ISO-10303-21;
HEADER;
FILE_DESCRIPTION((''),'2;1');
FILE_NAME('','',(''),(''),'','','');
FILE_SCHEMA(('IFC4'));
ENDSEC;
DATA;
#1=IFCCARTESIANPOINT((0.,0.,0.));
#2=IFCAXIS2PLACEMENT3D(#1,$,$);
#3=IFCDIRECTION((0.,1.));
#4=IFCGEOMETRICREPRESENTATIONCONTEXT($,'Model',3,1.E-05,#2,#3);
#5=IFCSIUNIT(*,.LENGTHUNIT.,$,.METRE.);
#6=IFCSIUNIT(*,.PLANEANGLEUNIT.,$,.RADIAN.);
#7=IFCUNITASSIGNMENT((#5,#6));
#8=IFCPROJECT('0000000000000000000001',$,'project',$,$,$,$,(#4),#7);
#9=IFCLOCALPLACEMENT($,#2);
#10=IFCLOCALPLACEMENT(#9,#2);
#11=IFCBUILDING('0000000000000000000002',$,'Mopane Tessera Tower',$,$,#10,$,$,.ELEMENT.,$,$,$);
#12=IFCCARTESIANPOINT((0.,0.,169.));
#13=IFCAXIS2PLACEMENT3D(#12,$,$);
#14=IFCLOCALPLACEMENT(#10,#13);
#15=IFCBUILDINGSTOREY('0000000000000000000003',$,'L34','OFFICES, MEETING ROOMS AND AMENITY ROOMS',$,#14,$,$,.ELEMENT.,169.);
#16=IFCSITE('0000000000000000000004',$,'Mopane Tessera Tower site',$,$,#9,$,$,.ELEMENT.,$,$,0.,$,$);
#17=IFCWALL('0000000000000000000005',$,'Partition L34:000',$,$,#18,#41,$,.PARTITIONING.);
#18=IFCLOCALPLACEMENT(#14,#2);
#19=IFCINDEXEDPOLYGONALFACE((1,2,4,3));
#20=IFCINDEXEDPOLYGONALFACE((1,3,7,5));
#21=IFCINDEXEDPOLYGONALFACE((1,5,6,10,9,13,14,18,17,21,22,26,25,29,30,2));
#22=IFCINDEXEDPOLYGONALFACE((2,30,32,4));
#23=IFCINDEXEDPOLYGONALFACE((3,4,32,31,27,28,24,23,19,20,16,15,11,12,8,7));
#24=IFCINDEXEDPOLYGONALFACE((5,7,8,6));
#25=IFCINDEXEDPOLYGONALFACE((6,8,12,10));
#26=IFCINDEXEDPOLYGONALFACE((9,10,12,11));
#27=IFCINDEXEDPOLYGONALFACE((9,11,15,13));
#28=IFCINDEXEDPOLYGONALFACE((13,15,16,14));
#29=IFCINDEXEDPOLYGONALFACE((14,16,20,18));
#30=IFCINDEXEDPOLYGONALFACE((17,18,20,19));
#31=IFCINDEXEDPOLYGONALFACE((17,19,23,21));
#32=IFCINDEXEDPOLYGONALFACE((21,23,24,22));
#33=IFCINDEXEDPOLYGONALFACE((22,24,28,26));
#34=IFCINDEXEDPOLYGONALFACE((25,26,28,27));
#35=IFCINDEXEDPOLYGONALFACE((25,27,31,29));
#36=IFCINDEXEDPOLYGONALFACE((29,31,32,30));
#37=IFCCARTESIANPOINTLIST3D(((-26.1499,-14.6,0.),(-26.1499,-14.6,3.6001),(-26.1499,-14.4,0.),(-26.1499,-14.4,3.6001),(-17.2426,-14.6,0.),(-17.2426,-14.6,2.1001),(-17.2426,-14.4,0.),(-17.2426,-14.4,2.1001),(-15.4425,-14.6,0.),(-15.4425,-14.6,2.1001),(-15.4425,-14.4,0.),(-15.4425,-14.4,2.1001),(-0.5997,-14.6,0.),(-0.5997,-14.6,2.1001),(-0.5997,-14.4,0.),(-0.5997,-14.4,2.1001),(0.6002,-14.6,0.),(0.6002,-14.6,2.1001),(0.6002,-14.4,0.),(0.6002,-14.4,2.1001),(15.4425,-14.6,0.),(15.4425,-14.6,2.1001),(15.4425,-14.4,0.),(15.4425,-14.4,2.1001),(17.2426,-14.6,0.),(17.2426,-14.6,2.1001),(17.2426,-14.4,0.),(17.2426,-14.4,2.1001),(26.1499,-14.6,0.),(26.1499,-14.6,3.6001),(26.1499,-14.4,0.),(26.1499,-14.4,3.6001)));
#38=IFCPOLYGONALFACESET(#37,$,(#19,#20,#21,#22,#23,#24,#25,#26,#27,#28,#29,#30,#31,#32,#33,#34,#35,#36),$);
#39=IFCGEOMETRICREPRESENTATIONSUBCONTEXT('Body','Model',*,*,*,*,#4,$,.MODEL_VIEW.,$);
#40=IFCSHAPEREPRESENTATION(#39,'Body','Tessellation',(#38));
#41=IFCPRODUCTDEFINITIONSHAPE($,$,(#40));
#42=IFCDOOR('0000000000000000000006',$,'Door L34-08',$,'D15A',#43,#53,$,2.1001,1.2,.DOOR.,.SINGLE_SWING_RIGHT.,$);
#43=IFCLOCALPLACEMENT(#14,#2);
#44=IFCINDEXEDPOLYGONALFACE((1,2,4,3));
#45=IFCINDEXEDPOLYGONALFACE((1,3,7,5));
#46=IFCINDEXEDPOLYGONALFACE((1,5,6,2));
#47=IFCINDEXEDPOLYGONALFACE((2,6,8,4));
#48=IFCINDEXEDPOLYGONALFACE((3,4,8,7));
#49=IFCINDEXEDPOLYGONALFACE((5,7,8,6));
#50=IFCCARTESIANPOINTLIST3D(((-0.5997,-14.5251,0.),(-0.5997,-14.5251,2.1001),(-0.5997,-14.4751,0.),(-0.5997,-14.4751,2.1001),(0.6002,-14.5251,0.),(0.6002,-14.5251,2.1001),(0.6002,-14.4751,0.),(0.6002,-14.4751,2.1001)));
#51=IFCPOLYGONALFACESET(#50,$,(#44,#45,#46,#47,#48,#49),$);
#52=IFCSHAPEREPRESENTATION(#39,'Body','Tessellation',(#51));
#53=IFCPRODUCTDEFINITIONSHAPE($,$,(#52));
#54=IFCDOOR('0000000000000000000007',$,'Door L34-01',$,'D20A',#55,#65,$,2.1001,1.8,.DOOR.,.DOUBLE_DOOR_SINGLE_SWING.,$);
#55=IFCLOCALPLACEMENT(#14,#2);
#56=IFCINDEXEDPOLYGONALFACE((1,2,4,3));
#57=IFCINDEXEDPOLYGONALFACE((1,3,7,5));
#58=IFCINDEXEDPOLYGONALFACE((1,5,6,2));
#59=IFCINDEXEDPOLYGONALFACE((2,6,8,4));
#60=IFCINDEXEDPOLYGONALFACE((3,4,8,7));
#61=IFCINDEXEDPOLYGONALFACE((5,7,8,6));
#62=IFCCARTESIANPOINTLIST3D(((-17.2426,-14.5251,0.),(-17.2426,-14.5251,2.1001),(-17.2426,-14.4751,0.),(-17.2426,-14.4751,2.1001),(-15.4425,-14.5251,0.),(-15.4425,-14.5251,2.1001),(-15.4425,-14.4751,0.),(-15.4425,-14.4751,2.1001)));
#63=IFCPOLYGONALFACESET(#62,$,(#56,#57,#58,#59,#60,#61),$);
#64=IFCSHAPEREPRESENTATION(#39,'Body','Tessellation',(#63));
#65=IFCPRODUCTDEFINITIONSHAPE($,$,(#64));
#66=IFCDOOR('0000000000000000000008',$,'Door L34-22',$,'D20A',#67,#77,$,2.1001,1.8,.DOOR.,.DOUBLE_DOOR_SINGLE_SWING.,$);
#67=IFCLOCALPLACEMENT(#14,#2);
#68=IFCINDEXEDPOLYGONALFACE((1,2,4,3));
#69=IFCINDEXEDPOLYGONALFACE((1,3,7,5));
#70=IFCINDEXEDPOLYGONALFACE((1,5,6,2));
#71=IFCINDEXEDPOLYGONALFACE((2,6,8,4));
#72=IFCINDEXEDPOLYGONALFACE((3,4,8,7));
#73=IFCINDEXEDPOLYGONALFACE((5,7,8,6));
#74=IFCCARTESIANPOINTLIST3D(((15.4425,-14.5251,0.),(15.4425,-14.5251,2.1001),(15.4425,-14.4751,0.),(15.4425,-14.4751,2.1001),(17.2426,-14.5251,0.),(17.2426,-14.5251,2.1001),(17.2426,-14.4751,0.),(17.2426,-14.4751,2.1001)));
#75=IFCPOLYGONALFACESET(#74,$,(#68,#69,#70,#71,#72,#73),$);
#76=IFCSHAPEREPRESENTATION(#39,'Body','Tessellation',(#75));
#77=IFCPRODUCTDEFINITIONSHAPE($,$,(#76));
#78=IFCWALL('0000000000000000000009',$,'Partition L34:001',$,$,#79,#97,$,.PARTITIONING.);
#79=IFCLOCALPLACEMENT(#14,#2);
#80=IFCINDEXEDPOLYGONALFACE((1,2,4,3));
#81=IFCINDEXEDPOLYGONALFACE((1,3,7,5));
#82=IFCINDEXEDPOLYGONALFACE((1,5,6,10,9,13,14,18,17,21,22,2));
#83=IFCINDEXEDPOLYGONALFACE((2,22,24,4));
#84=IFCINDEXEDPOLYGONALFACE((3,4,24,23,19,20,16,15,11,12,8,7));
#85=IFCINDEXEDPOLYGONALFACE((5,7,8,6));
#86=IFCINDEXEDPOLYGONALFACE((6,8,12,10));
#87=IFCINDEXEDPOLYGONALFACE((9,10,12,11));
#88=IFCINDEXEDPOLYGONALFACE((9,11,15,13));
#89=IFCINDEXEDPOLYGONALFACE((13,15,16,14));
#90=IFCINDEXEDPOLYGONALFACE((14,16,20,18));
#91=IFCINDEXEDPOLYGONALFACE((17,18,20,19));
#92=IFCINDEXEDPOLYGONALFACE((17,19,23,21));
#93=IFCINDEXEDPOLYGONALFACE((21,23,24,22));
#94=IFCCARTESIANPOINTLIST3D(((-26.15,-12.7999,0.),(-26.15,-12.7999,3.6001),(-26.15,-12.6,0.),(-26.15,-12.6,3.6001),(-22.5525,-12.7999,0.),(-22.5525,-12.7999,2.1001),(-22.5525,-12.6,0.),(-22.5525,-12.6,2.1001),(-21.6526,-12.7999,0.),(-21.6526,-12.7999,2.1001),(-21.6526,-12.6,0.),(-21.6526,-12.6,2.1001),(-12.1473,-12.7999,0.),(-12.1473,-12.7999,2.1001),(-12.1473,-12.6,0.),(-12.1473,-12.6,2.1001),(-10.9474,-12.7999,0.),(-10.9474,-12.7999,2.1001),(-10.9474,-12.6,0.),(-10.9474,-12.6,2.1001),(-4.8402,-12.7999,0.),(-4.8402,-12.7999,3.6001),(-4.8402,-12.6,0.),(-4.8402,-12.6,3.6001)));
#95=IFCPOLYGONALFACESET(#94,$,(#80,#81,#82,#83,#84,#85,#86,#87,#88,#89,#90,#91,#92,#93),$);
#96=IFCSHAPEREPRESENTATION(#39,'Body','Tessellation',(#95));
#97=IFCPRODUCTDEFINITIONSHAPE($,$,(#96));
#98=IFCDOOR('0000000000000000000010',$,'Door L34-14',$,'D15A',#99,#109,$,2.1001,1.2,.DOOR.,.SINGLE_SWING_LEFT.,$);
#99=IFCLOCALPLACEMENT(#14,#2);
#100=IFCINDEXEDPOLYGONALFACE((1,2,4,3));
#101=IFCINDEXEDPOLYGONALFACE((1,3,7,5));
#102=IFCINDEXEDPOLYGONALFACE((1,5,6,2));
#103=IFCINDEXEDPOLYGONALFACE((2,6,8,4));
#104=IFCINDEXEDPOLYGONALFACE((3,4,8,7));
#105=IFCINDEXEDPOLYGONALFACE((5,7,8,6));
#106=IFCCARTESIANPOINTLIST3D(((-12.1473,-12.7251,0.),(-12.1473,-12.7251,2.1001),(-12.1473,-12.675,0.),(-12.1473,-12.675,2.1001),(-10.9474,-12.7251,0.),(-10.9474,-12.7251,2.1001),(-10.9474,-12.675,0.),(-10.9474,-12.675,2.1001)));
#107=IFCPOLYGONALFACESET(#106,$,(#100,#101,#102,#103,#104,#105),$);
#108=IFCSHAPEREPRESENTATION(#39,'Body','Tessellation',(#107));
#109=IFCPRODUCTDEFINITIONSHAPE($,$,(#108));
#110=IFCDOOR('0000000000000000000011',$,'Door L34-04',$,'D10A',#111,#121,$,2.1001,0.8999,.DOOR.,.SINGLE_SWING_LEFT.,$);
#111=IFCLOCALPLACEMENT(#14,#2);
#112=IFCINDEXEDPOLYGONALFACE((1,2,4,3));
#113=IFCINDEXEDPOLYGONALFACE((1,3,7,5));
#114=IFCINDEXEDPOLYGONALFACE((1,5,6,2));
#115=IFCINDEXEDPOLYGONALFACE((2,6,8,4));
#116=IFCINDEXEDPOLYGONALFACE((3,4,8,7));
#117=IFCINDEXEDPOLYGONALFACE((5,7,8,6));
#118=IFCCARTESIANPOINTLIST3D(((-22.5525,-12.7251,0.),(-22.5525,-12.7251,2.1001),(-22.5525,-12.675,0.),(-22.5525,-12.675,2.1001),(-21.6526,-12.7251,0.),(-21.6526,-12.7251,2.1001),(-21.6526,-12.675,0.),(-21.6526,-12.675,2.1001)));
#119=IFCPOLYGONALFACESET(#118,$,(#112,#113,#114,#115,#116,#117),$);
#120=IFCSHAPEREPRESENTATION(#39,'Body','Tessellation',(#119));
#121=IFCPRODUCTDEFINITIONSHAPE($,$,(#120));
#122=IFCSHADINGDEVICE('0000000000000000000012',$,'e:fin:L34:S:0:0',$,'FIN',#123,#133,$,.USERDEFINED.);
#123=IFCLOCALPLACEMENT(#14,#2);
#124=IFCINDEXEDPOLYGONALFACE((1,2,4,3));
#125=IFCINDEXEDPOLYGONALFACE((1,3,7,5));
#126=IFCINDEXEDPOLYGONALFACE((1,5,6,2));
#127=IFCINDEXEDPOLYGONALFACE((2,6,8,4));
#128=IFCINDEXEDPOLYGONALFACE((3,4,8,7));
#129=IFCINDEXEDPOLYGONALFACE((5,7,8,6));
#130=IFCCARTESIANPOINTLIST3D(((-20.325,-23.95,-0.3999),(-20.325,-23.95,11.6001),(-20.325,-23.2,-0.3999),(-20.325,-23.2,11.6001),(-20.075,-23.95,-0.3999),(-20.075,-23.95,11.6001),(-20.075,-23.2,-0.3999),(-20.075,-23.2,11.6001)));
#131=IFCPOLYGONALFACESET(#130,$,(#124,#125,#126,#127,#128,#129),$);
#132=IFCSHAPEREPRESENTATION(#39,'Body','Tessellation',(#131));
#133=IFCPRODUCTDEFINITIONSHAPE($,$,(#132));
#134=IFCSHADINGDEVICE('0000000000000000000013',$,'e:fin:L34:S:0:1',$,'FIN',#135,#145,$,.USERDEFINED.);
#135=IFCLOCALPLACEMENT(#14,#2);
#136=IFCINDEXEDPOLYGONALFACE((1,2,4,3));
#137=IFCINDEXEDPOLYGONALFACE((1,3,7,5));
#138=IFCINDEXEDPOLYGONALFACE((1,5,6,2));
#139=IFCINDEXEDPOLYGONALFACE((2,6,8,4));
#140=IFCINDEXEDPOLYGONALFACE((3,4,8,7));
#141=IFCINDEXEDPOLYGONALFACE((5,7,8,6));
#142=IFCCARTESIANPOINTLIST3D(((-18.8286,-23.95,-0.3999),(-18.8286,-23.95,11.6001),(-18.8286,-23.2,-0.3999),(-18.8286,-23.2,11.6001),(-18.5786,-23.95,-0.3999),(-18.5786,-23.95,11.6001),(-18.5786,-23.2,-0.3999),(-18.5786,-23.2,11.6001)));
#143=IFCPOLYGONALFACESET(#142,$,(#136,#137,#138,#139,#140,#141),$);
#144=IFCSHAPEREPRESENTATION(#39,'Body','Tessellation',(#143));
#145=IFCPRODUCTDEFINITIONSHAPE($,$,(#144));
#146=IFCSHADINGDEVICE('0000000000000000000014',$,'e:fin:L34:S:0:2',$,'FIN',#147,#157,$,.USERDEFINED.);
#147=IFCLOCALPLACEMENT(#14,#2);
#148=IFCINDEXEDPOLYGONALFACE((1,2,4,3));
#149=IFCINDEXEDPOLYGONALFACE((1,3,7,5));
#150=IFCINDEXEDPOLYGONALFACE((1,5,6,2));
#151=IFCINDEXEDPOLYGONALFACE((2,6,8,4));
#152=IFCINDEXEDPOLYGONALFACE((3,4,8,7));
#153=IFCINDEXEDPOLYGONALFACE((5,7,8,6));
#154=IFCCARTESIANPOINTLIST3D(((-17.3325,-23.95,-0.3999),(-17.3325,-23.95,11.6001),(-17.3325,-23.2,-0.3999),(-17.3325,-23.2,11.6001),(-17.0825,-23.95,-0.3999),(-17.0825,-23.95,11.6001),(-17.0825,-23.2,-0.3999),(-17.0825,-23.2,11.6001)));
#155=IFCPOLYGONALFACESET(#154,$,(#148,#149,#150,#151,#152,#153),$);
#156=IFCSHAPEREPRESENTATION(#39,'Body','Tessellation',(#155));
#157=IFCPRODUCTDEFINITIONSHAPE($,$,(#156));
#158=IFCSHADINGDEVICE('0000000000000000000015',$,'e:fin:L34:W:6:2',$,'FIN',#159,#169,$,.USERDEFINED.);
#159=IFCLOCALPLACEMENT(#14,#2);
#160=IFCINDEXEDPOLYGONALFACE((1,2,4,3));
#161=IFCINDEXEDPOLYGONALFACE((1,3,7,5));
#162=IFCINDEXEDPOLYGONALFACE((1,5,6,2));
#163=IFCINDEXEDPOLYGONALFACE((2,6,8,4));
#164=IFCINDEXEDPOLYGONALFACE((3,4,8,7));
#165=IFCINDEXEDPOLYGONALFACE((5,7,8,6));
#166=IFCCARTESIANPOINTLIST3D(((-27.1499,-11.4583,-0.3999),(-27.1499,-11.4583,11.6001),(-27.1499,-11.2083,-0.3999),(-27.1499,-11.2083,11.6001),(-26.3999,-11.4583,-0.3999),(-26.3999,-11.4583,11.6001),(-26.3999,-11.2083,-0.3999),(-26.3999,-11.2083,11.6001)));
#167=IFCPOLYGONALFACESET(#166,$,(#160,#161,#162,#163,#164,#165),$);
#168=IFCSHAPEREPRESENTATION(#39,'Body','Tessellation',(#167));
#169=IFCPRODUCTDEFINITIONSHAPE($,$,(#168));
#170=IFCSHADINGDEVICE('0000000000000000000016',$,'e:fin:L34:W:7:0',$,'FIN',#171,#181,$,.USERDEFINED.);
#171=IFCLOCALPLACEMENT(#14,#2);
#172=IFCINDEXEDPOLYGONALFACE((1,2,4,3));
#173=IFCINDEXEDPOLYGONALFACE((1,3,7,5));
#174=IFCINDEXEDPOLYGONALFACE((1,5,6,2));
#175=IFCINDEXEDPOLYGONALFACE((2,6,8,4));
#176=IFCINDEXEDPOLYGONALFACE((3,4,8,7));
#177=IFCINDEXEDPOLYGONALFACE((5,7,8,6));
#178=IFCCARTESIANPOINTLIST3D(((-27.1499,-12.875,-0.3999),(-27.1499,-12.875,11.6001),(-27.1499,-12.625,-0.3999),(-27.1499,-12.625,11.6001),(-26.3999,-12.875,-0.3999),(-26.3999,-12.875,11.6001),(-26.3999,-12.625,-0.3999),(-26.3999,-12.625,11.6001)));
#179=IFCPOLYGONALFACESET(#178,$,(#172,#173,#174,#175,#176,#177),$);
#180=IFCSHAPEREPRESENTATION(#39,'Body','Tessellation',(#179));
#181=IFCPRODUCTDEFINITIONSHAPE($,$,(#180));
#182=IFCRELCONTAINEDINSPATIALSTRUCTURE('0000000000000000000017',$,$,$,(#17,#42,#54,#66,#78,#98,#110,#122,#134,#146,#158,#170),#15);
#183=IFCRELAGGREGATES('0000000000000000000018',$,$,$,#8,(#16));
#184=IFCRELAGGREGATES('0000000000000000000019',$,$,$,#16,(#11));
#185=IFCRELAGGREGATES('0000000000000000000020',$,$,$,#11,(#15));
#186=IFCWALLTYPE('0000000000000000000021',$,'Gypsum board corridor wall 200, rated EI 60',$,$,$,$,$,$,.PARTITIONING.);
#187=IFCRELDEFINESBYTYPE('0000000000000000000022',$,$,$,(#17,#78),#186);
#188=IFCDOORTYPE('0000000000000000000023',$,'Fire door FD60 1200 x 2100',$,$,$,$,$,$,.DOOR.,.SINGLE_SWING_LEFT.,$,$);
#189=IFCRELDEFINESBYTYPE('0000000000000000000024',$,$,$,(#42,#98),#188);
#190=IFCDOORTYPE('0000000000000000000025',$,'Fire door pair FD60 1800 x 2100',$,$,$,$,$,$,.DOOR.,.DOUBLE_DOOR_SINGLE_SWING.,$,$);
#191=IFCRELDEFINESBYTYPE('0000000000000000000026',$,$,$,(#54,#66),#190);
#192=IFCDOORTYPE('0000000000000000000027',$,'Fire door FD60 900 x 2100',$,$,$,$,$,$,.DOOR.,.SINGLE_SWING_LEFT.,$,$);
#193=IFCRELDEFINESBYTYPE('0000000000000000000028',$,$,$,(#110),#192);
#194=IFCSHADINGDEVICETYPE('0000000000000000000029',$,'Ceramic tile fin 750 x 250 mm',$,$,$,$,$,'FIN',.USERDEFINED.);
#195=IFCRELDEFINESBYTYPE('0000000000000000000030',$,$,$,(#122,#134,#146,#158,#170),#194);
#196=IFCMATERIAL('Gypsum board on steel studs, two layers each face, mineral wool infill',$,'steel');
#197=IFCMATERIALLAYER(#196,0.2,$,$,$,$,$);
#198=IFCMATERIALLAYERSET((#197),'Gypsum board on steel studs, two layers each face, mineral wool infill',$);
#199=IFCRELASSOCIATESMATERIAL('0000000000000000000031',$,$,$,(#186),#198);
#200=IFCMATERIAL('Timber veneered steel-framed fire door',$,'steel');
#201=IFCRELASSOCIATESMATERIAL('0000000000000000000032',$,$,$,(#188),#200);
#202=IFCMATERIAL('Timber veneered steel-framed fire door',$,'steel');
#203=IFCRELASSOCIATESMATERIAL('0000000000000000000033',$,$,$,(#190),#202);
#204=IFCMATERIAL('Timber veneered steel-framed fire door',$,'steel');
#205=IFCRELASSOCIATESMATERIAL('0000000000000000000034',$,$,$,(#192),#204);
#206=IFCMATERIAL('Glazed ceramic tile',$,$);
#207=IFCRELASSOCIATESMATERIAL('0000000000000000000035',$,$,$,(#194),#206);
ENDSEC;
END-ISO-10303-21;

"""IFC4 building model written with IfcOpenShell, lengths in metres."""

from ifc_helpers import new_model, si_unit, direction, frame, frame_2d, origin, origin_2d, place, context, subcontext, project, spatial, rectangle, extrude, material, layer, layer_set, type_object, element, fill, save


model = new_model("IFC4")

# Units and contexts
model_context = context("Model", 3, precision=1e-05, world=origin(), true_north=direction((0.0, 1.0)))
body_context = subcontext(model_context, "Body", "Model", "MODEL_VIEW")
ifc_project = project(units=[si_unit("LENGTHUNIT", "METRE"), si_unit("PLANEANGLEUNIT", "RADIAN")], contexts=[model_context])

# Site, building, storey
site_placement = place(None, origin())
site = spatial("IfcSite", under=ifc_project, at=site_placement, Name="Mopane Tessera Tower site", CompositionType="ELEMENT", RefElevation=0.0)
building_placement = place(site_placement, origin())
building = spatial("IfcBuilding", under=site, at=building_placement, Name="Mopane Tessera Tower", CompositionType="ELEMENT")
storey_placement = place(building_placement, frame((0.0, 0.0, 169.0)))
storey = spatial("IfcBuildingStorey", under=building, at=storey_placement, Name="L34", Description="OFFICES, MEETING ROOMS AND AMENITY ROOMS", CompositionType="ELEMENT", Elevation=169.0)

# Walls, openings, doors
ifc_material_1 = material(Name="Gypsum board on steel studs, two layers each face, mineral wool infill", Category="steel")
ifc_layer_1 = layer(ifc_material_1, 0.2)
ifc_layer_set_1 = layer_set([ifc_layer_1], Name="Gypsum board on steel studs, two layers each face, mineral wool infill")
wall_type_1 = type_object("IfcWallType", Name="Gypsum board corridor wall 200, rated EI 60", PredefinedType="PARTITIONING", material=ifc_layer_set_1)
wall_1_placement = place(storey_placement, frame((-26.1499, -14.5, 0.0), z_axis=(0.0, 0.0, 1.0), x_axis=(1.0, 0.0, 0.0)))
wall_1 = element("IfcWall", 1, at=wall_1_placement, inside=storey, type_object=wall_type_1, Name="Partition L34:000", PredefinedType="PARTITIONING", context=body_context, shape_type="SweptSolid", body=[
    extrude(rectangle(XDim=52.2998, YDim=0.2, at=frame_2d((26.1499, 0.0))), origin(), (0.0, 0.0, 1.0), 3.6001),
])
opening_1_placement = place(wall_1_placement, frame((8.9075, 0.0, 0.0)))
opening_1 = element("IfcOpeningElement", 2, at=opening_1_placement, cuts=wall_1, PredefinedType="OPENING", context=body_context, shape_type="SweptSolid", body=[
    extrude(rectangle(XDim=1.8, YDim=2.1001, at=frame_2d((0.8999, 1.05))), frame((0.0, 0.1121, 0.0), z_axis=(0.0, -1.0, 0.0), x_axis=(1.0, 0.0, 0.0)), (0.0, 0.0, 1.0), 0.2239),
])
opening_2_placement = place(wall_1_placement, frame((25.55, 0.0, 0.0)))
opening_2 = element("IfcOpeningElement", 3, at=opening_2_placement, cuts=wall_1, PredefinedType="OPENING", context=body_context, shape_type="SweptSolid", body=[
    extrude(rectangle(XDim=1.2, YDim=2.1001, at=frame_2d((0.6001, 1.05))), frame((0.0, 0.1121, 0.0), z_axis=(0.0, -1.0, 0.0), x_axis=(1.0, 0.0, 0.0)), (0.0, 0.0, 1.0), 0.2239),
])
opening_3_placement = place(wall_1_placement, frame((41.5925, 0.0, 0.0)))
opening_3 = element("IfcOpeningElement", 4, at=opening_3_placement, cuts=wall_1, PredefinedType="OPENING", context=body_context, shape_type="SweptSolid", body=[
    extrude(rectangle(XDim=1.8, YDim=2.1001, at=frame_2d((0.8999, 1.05))), frame((0.0, 0.1121, 0.0), z_axis=(0.0, -1.0, 0.0), x_axis=(1.0, 0.0, 0.0)), (0.0, 0.0, 1.0), 0.2239),
])
ifc_material_2 = material(Name="Timber veneered steel-framed fire door", Category="steel")
door_type_1 = type_object("IfcDoorType", Name="Fire door FD60 1200 x 2100", OperationType="SINGLE_SWING_LEFT", PredefinedType="DOOR", material=ifc_material_2)
door_1_placement = place(opening_2_placement, origin())
door_1 = element("IfcDoor", 5, at=door_1_placement, inside=storey, type_object=door_type_1, Name="Door L34-08", ObjectType="D15A", OperationType="SINGLE_SWING_RIGHT", OverallHeight=2.1001, OverallWidth=1.2, PredefinedType="DOOR", context=body_context, shape_type="SweptSolid", body=[
    extrude(rectangle(XDim=1.2, YDim=2.1001, at=frame_2d((0.6001, 1.05))), frame((0.0, 0.0249, 0.0), z_axis=(0.0, -1.0, 0.0), x_axis=(1.0, 0.0, 0.0)), (0.0, 0.0, 1.0), 0.05),
])
fill(opening_2, door_1)
ifc_material_3 = material(Name="Timber veneered steel-framed fire door", Category="steel")
door_type_2 = type_object("IfcDoorType", Name="Fire door pair FD60 1800 x 2100", OperationType="DOUBLE_DOOR_SINGLE_SWING", PredefinedType="DOOR", material=ifc_material_3)
door_2_placement = place(opening_1_placement, origin())
door_2 = element("IfcDoor", 6, at=door_2_placement, inside=storey, type_object=door_type_2, Name="Door L34-01", ObjectType="D20A", OperationType="DOUBLE_DOOR_SINGLE_SWING", OverallHeight=2.1001, OverallWidth=1.8, PredefinedType="DOOR", context=body_context, shape_type="SweptSolid", body=[
    extrude(rectangle(XDim=1.8, YDim=2.1001, at=frame_2d((0.8999, 1.05))), frame((0.0, 0.0249, 0.0), z_axis=(0.0, -1.0, 0.0), x_axis=(1.0, 0.0, 0.0)), (0.0, 0.0, 1.0), 0.05),
])
fill(opening_1, door_2)
door_3_placement = place(opening_3_placement, origin())
door_3 = element("IfcDoor", 7, at=door_3_placement, inside=storey, type_object=door_type_2, Name="Door L34-22", ObjectType="D20A", OperationType="DOUBLE_DOOR_SINGLE_SWING", OverallHeight=2.1001, OverallWidth=1.8, PredefinedType="DOOR", context=body_context, shape_type="SweptSolid", body=[
    extrude(rectangle(XDim=1.8, YDim=2.1001, at=frame_2d((0.8999, 1.05))), frame((0.0, 0.0249, 0.0), z_axis=(0.0, -1.0, 0.0), x_axis=(1.0, 0.0, 0.0)), (0.0, 0.0, 1.0), 0.05),
])
fill(opening_3, door_3)
wall_2_placement = place(storey_placement, frame((-26.1499, -12.7, 0.0), z_axis=(0.0, 0.0, 1.0), x_axis=(1.0, 0.0, 0.0)))
wall_2 = element("IfcWall", 8, at=wall_2_placement, inside=storey, type_object=wall_type_1, Name="Partition L34:001", PredefinedType="PARTITIONING", context=body_context, shape_type="SweptSolid", body=[
    extrude(rectangle(XDim=21.3098, YDim=0.2, at=frame_2d((10.6548, 0.0))), origin(), (0.0, 0.0, 1.0), 3.6001),
])
opening_4_placement = place(wall_2_placement, frame((3.5974, 0.0, 0.0)))
opening_4 = element("IfcOpeningElement", 9, at=opening_4_placement, cuts=wall_2, PredefinedType="OPENING", context=body_context, shape_type="SweptSolid", body=[
    extrude(rectangle(XDim=0.8999, YDim=2.1001, at=frame_2d((0.45, 1.05))), frame((0.0, 0.1121, 0.0), z_axis=(0.0, -1.0, 0.0), x_axis=(1.0, 0.0, 0.0)), (0.0, 0.0, 1.0), 0.2239),
])
opening_5_placement = place(wall_2_placement, frame((14.0024, 0.0, 0.0)))
opening_5 = element("IfcOpeningElement", 10, at=opening_5_placement, cuts=wall_2, PredefinedType="OPENING", context=body_context, shape_type="SweptSolid", body=[
    extrude(rectangle(XDim=1.2, YDim=2.1001, at=frame_2d((0.6001, 1.05))), frame((0.0, 0.1121, 0.0), z_axis=(0.0, -1.0, 0.0), x_axis=(1.0, 0.0, 0.0)), (0.0, 0.0, 1.0), 0.2239),
])
door_4_placement = place(opening_5_placement, origin())
door_4 = element("IfcDoor", 11, at=door_4_placement, inside=storey, type_object=door_type_1, Name="Door L34-14", ObjectType="D15A", OperationType="SINGLE_SWING_LEFT", OverallHeight=2.1001, OverallWidth=1.2, PredefinedType="DOOR", context=body_context, shape_type="SweptSolid", body=[
    extrude(rectangle(XDim=1.2, YDim=2.1001, at=frame_2d((0.6001, 1.05))), frame((0.0, 0.0249, 0.0), z_axis=(0.0, -1.0, 0.0), x_axis=(1.0, 0.0, 0.0)), (0.0, 0.0, 1.0), 0.05),
])
fill(opening_5, door_4)
ifc_material_4 = material(Name="Timber veneered steel-framed fire door", Category="steel")
door_type_3 = type_object("IfcDoorType", Name="Fire door FD60 900 x 2100", OperationType="SINGLE_SWING_LEFT", PredefinedType="DOOR", material=ifc_material_4)
door_5_placement = place(opening_4_placement, origin())
door_5 = element("IfcDoor", 12, at=door_5_placement, inside=storey, type_object=door_type_3, Name="Door L34-04", ObjectType="D10A", OperationType="SINGLE_SWING_LEFT", OverallHeight=2.1001, OverallWidth=0.8999, PredefinedType="DOOR", context=body_context, shape_type="SweptSolid", body=[
    extrude(rectangle(XDim=0.8999, YDim=2.1001, at=frame_2d((0.45, 1.05))), frame((0.0, 0.0249, 0.0), z_axis=(0.0, -1.0, 0.0), x_axis=(1.0, 0.0, 0.0)), (0.0, 0.0, 1.0), 0.05),
])
fill(opening_4, door_5)

# Shading devices
ifc_material_5 = material(Name="Glazed ceramic tile")
shading_device_type = type_object("IfcShadingDeviceType", Name="Ceramic tile fin 750 x 250 mm", ElementType="FIN", PredefinedType="USERDEFINED", material=ifc_material_5)
for number, where, z_axis, x_axis, name in (
    (13, (-20.2, -23.575, -0.3999), (0.0, 0.0, 1.0), (1.0, 0.0, 0.0), "e:fin:L34:S:0:0"),
    (14, (-18.7036, -23.575, -0.3999), (0.0, 0.0, 1.0), (1.0, 0.0, 0.0), "e:fin:L34:S:0:1"),
    (15, (-17.2075, -23.575, -0.3999), (0.0, 0.0, 1.0), (1.0, 0.0, 0.0), "e:fin:L34:S:0:2"),
    (16, (-26.7749, -11.3333, -0.3999), (0.0, 0.0, 1.0), (0.0, -1.0, 0.0), "e:fin:L34:W:6:2"),
    (17, (-26.7749, -12.75, -0.3999), (0.0, 0.0, 1.0), (0.0, -1.0, 0.0), "e:fin:L34:W:7:0"),
):
    element("IfcShadingDevice", number, at=place(storey_placement, frame(where, z_axis=z_axis, x_axis=x_axis)), inside=storey, type_object=shading_device_type, Name=name, ObjectType="FIN", PredefinedType="USERDEFINED", context=body_context, shape_type="SweptSolid", body=[
        extrude(rectangle(XDim=0.25, YDim=0.75, at=origin_2d()), origin(), (0.0, 0.0, 1.0), 12.0),
    ])

save(model, "model.ifc")
